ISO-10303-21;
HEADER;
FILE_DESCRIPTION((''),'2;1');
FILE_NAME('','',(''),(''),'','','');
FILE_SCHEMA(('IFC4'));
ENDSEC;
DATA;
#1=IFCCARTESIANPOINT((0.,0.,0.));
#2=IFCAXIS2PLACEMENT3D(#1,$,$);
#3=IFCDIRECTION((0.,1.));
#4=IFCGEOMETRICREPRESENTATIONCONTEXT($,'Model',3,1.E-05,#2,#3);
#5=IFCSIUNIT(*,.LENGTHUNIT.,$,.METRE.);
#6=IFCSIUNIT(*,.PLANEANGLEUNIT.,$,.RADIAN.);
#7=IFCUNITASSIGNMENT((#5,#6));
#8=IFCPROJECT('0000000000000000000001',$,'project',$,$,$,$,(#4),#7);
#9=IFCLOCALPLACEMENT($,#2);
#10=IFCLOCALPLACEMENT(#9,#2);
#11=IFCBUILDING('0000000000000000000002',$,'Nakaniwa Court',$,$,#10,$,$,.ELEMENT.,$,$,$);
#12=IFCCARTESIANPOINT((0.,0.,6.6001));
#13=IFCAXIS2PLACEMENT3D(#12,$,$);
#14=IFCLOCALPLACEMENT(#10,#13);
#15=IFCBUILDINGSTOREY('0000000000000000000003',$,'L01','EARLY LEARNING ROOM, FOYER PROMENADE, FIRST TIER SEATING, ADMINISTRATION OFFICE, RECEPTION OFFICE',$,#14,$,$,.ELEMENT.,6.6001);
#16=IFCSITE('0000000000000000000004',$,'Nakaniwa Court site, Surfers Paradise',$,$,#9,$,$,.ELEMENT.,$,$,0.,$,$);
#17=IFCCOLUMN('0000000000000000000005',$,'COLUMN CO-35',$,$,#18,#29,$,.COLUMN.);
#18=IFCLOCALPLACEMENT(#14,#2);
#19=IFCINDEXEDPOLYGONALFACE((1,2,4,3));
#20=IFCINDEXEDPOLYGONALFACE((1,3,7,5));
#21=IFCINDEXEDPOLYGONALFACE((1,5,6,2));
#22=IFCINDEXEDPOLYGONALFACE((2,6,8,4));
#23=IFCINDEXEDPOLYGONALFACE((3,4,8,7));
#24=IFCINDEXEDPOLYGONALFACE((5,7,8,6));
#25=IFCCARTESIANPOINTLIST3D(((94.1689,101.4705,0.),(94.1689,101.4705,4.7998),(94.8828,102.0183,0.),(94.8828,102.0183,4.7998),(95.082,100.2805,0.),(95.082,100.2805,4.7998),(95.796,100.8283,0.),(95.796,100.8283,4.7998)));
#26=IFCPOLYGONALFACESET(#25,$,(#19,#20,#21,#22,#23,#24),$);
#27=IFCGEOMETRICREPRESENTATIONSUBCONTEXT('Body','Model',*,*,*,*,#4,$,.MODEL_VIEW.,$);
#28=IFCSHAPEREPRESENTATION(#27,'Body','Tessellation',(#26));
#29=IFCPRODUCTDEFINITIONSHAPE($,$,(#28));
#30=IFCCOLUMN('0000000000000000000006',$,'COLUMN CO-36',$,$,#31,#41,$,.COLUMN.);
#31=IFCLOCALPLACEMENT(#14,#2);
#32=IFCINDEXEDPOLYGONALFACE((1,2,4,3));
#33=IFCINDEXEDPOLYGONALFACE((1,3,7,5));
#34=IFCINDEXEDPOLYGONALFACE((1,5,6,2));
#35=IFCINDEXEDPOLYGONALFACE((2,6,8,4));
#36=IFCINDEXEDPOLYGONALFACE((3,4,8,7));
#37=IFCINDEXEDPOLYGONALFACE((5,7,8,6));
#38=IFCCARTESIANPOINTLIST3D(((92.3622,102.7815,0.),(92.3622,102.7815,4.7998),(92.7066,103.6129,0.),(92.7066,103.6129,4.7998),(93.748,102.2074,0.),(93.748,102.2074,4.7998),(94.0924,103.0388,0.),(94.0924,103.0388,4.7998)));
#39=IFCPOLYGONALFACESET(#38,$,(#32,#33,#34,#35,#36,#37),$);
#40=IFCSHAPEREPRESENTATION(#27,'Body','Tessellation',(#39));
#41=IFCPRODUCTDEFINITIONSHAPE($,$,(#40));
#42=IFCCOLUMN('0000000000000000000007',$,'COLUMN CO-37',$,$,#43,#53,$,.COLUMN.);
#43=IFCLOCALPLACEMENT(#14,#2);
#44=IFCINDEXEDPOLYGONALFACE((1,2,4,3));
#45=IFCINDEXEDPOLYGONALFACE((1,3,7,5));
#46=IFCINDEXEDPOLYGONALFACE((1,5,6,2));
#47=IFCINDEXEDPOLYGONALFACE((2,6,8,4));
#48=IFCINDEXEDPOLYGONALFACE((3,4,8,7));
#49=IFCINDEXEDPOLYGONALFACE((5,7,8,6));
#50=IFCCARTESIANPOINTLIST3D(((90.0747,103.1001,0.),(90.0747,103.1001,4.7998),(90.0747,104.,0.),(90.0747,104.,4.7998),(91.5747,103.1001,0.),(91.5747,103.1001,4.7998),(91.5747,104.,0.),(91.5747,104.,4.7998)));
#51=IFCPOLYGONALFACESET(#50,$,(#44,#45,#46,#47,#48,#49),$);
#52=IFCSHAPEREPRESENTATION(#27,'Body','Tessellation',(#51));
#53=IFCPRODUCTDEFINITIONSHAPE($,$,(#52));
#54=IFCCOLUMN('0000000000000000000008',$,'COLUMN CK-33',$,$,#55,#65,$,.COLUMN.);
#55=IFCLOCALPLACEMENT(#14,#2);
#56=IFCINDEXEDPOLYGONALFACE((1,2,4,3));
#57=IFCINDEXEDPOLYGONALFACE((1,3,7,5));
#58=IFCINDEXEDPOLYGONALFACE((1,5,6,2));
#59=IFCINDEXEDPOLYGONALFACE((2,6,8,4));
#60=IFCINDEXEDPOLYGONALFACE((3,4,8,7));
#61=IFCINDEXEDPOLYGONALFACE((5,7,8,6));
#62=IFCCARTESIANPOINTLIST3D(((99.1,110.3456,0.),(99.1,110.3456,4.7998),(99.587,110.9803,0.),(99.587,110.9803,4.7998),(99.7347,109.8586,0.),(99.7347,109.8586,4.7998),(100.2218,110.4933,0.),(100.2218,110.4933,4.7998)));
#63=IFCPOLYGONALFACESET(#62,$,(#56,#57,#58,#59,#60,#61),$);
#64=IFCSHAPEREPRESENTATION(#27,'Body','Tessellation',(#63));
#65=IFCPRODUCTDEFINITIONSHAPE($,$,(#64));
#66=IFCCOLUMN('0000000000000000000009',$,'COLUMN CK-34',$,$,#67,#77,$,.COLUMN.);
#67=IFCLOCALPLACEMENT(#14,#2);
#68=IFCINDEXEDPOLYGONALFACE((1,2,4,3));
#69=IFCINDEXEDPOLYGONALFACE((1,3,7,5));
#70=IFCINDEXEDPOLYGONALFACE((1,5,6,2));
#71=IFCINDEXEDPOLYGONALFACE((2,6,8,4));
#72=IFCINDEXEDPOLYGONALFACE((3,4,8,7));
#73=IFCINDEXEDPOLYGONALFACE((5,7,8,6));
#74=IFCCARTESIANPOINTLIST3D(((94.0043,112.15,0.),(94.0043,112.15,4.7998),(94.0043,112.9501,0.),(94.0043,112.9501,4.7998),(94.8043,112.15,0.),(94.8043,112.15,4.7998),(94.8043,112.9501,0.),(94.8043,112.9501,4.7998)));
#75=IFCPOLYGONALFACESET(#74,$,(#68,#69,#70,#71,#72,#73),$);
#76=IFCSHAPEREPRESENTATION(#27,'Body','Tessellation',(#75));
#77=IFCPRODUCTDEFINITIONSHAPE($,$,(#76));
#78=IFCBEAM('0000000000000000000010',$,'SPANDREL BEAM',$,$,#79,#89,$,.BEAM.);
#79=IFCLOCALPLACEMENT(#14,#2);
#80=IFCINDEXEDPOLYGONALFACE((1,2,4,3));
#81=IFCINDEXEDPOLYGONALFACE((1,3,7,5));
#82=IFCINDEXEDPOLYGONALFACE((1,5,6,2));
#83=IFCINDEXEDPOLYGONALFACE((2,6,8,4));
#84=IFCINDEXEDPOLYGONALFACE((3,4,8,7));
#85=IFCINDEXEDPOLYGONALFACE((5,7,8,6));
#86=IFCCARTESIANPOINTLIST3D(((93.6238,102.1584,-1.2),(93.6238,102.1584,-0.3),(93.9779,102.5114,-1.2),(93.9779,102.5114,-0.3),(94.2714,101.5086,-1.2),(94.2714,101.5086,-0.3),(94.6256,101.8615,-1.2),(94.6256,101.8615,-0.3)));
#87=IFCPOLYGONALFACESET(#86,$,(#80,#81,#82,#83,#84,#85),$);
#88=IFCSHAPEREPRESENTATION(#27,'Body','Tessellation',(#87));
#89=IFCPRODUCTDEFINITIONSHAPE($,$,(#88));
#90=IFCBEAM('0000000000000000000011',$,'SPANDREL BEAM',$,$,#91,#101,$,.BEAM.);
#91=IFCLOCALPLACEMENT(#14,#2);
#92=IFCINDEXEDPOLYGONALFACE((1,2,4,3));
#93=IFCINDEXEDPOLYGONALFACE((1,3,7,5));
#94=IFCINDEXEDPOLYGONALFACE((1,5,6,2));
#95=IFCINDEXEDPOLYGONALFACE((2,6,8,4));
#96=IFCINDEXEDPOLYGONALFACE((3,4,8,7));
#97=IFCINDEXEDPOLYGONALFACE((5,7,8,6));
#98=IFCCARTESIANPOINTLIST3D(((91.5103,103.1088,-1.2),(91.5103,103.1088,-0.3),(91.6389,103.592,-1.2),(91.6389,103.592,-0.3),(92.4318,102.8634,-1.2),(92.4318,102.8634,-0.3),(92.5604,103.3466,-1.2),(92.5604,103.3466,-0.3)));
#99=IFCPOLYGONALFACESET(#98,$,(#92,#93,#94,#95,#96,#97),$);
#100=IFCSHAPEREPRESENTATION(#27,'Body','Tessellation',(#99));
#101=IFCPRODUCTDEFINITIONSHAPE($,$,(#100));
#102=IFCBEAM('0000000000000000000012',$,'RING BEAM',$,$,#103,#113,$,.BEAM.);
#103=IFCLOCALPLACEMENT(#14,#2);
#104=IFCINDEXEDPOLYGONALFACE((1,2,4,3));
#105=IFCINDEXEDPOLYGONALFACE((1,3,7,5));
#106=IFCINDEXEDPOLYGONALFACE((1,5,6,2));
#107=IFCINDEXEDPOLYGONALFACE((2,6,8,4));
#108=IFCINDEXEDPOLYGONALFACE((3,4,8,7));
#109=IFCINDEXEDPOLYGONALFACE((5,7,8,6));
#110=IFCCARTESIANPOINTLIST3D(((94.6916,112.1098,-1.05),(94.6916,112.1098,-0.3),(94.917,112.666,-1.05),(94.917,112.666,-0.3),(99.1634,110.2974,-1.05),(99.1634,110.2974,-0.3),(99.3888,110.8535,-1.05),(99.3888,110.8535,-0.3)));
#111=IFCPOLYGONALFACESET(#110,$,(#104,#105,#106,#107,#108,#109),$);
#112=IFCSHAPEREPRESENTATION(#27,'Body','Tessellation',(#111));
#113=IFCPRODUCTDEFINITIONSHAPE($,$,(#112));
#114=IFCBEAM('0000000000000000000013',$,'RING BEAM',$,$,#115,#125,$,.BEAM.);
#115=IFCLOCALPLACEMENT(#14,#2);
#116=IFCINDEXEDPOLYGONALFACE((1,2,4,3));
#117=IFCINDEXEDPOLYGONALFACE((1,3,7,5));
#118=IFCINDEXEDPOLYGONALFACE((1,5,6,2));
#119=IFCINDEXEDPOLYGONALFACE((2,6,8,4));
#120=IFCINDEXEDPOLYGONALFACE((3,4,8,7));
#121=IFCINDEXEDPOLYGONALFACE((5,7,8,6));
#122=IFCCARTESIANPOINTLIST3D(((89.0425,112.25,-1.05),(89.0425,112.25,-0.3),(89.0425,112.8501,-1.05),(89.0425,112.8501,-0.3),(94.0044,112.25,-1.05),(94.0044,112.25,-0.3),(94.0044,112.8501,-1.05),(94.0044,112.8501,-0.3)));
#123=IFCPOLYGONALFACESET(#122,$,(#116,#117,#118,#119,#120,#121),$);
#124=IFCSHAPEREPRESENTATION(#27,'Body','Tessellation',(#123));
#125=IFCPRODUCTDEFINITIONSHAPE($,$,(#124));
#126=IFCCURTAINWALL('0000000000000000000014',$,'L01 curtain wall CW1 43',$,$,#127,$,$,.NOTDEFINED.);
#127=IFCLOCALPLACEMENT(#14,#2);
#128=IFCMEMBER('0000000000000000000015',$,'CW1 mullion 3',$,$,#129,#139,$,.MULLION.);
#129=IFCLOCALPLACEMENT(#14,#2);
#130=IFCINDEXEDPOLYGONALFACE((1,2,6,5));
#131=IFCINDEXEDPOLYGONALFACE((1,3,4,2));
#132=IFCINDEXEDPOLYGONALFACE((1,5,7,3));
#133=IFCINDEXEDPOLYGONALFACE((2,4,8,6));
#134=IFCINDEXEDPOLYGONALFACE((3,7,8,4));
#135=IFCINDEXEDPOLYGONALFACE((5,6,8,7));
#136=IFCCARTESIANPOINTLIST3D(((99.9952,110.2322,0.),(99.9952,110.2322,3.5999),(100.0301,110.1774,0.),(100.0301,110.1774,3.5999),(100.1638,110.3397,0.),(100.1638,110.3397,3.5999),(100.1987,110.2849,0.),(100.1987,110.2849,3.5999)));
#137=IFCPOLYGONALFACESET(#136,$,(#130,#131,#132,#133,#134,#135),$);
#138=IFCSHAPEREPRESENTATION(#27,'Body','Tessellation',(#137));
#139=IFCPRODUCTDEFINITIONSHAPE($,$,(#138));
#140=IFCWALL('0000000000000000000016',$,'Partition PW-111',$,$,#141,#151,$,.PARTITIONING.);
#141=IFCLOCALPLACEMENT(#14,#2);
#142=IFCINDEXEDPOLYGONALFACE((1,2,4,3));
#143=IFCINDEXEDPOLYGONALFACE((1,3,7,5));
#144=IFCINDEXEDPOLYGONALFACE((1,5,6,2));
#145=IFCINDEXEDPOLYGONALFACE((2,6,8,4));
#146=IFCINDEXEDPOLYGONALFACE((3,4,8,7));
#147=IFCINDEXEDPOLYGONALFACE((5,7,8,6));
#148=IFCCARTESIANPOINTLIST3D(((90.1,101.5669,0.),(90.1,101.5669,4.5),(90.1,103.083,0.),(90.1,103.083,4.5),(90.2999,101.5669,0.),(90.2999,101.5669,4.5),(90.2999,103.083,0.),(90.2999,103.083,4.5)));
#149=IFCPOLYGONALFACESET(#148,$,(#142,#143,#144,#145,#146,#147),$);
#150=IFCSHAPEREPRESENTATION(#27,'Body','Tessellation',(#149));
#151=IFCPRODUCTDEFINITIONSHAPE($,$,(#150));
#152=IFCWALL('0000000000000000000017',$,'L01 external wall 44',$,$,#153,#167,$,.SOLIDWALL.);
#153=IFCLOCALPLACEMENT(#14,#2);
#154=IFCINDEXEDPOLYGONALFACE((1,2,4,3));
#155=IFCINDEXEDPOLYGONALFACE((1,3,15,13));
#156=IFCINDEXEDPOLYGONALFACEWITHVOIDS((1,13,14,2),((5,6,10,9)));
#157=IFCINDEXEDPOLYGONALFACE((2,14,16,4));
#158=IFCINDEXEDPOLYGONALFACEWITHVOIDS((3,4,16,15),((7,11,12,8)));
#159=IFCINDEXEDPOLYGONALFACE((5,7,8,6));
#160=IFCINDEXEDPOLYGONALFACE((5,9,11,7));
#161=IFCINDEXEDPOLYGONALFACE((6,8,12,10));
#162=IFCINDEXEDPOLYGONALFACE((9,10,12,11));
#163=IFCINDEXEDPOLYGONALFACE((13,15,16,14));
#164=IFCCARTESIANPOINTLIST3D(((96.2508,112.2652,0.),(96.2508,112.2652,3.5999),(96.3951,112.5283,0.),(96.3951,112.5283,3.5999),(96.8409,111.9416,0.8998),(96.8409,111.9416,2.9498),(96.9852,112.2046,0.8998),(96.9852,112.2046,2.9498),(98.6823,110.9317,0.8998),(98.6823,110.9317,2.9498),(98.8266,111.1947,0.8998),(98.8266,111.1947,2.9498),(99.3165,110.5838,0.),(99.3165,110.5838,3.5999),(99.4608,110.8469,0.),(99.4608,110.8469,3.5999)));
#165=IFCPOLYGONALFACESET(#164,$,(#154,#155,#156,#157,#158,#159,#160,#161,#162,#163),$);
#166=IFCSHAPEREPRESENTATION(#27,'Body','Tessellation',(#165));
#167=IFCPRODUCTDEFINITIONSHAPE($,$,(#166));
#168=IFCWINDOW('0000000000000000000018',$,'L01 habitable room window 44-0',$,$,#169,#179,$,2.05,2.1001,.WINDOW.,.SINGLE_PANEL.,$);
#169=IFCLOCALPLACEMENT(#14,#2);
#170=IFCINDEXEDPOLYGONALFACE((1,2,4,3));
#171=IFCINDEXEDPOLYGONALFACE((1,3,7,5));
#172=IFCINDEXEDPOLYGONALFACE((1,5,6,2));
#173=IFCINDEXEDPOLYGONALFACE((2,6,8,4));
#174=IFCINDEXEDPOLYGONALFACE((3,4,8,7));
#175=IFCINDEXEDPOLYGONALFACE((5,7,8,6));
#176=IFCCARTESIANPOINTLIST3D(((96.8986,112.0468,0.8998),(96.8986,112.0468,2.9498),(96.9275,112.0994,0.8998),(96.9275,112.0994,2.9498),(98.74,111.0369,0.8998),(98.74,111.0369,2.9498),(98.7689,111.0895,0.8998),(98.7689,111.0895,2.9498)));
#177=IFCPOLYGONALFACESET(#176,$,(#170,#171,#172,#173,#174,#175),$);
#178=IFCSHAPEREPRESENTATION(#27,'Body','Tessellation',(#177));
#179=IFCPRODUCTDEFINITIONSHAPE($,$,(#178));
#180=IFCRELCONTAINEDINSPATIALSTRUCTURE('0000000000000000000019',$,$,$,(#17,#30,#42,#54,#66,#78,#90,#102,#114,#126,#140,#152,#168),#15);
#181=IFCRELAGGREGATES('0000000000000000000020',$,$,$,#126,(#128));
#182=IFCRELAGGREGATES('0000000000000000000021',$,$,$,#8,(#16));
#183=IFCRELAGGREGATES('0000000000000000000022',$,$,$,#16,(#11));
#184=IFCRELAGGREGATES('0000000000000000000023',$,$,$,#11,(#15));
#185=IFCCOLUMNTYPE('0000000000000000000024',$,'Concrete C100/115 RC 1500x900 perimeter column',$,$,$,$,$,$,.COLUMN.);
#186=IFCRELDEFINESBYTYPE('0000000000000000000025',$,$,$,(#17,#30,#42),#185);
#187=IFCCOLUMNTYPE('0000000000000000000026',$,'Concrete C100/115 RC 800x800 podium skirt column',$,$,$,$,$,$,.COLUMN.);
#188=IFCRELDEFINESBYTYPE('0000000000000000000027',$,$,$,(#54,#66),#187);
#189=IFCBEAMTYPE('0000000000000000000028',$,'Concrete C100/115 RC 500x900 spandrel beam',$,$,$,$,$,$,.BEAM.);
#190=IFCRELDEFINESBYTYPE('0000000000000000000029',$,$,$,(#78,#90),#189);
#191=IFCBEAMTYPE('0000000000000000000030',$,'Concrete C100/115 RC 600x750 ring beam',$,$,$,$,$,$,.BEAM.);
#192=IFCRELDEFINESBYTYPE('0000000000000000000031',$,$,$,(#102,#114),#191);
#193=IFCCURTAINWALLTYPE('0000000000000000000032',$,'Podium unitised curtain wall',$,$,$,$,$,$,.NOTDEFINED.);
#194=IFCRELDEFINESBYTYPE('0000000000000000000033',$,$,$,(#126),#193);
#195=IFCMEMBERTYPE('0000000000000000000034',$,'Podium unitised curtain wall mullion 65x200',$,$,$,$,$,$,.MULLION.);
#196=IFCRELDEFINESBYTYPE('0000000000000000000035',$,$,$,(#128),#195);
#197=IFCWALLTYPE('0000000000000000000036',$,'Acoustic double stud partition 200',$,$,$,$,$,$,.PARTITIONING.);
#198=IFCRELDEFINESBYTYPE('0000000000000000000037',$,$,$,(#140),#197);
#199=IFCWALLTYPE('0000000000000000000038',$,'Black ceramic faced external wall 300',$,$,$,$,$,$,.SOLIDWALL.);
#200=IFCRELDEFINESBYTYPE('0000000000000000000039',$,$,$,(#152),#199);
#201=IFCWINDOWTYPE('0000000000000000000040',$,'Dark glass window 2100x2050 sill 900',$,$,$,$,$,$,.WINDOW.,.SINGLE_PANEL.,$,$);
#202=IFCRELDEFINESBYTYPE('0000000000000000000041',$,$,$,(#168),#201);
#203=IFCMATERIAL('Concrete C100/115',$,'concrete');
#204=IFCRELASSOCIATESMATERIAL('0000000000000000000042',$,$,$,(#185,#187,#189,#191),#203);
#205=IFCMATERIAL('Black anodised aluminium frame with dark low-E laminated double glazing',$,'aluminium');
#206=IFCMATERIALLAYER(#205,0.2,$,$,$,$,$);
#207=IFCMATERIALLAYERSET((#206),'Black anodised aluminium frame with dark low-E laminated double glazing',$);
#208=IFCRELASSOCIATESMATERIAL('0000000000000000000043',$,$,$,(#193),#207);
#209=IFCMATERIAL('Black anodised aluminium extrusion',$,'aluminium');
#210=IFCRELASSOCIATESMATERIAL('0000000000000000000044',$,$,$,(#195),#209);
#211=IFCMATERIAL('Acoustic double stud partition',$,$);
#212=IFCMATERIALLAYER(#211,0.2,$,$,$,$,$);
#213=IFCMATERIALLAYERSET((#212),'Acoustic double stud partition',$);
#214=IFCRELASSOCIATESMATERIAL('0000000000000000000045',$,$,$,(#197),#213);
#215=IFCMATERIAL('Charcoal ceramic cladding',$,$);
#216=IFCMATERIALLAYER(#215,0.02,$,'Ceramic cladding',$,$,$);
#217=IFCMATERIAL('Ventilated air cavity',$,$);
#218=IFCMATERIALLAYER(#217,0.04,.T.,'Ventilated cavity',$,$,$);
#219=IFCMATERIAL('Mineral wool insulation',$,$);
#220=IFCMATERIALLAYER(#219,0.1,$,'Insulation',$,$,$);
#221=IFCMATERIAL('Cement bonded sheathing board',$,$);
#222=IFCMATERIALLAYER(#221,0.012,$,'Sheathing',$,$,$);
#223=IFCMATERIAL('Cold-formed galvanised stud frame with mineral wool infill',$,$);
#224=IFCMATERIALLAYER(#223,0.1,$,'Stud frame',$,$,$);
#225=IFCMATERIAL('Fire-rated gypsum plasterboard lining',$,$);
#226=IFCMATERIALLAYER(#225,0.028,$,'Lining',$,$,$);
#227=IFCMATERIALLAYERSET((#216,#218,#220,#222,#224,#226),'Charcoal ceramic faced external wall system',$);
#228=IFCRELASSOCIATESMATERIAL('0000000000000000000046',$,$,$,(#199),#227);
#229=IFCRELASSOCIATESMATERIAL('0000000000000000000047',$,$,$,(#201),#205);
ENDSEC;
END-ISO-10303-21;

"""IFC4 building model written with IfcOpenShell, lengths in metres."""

from ifc_helpers import new_model, si_unit, direction, frame, frame_2d, origin, origin_2d, place, context, subcontext, project, spatial, rectangle, extrude, material, layer, layer_set, material_profile, profile_set, type_object, element, fill, aggregate, save


model = new_model("IFC4")

# Units and contexts
model_context = context("Model", 3, precision=1e-05, world=origin(), true_north=direction((0.0, 1.0)))
body_context = subcontext(model_context, "Body", "Model", "MODEL_VIEW")
ifc_project = project(units=[si_unit("LENGTHUNIT", "METRE"), si_unit("PLANEANGLEUNIT", "RADIAN")], contexts=[model_context])

# Site, building, storey
site_placement = place(None, origin())
site = spatial("IfcSite", under=ifc_project, at=site_placement, Name="Nakaniwa Court site, Surfers Paradise", CompositionType="ELEMENT", RefElevation=0.0)
building_placement = place(site_placement, origin())
building = spatial("IfcBuilding", under=site, at=building_placement, Name="Nakaniwa Court", CompositionType="ELEMENT")
storey_placement = place(building_placement, frame((0.0, 0.0, 6.6001)))
storey = spatial("IfcBuildingStorey", under=building, at=storey_placement, Name="L01", Description="EARLY LEARNING ROOM, FOYER PROMENADE, FIRST TIER SEATING, ADMINISTRATION OFFICE, RECEPTION OFFICE", CompositionType="ELEMENT", Elevation=6.6001)

# Columns
ifc_material_1 = material(Name="Concrete C100/115", Category="concrete")
ifc_material_profile_1 = material_profile(ifc_material_1, rectangle(XDim=1.5, YDim=0.8999, at=origin_2d()), Name="Concrete C100/115 RC 1500x900 perimeter column")
ifc_profile_set_1 = profile_set([ifc_material_profile_1], Name="Concrete C100/115")
column_type_1 = type_object("IfcColumnType", Name="Concrete C100/115 RC 1500x900 perimeter column", PredefinedType="COLUMN", material=ifc_profile_set_1)
for number, where, z_axis, x_axis, name in (
    (1, (94.9824, 101.1494, 0.0), (0.0, 0.0, 1.0), (-0.608761, 0.793353, 0.0), "COLUMN CO-35"),
    (2, (93.2273, 102.9102, 0.0), (0.0, 0.0, 1.0), (-0.92388, 0.382683, 0.0), "COLUMN CO-36"),
    (3, (90.8247, 103.55, 0.0), (0.0, 0.0, 1.0), (-1.0, 0.0, 0.0), "COLUMN CO-37"),
):
    element("IfcColumn", number, at=place(storey_placement, frame(where, z_axis=z_axis, x_axis=x_axis)), inside=storey, type_object=column_type_1, Name=name, PredefinedType="COLUMN", context=body_context, shape_type="SweptSolid", body=[
        extrude(rectangle(XDim=1.5, YDim=0.8999, at=origin_2d()), origin(), (0.0, 0.0, 1.0), 4.7998),
    ])
ifc_material_profile_2 = material_profile(ifc_material_1, rectangle(XDim=0.8, YDim=0.8, at=origin_2d()), Name="Concrete C100/115 RC 800x800 podium skirt column")
ifc_profile_set_2 = profile_set([ifc_material_profile_2], Name="Concrete C100/115")
column_type_2 = type_object("IfcColumnType", Name="Concrete C100/115 RC 800x800 podium skirt column", PredefinedType="COLUMN", material=ifc_profile_set_2)
for number, where, z_axis, x_axis, name in (
    (4, (99.6609, 110.4194, 0.0), (0.0, 0.0, 1.0), (-0.793353, 0.608761, 0.0), "COLUMN CK-33"),
    (5, (94.4043, 112.55, 0.0), (0.0, 0.0, 1.0), (-1.0, 0.0, 0.0), "COLUMN CK-34"),
):
    element("IfcColumn", number, at=place(storey_placement, frame(where, z_axis=z_axis, x_axis=x_axis)), inside=storey, type_object=column_type_2, Name=name, PredefinedType="COLUMN", context=body_context, shape_type="SweptSolid", body=[
        extrude(rectangle(XDim=0.8, YDim=0.8, at=origin_2d()), origin(), (0.0, 0.0, 1.0), 4.7998),
    ])

# Beams
ifc_material_profile_3 = material_profile(ifc_material_1, rectangle(XDim=0.5, YDim=0.8999, at=origin_2d()), Name="Concrete C100/115 RC 500x900 spandrel beam")
ifc_profile_set_3 = profile_set([ifc_material_profile_3], Name="Concrete C100/115")
beam_type_1 = type_object("IfcBeamType", Name="Concrete C100/115 RC 500x900 spandrel beam", PredefinedType="BEAM", material=ifc_profile_set_3)
beam_1_placement = place(storey_placement, frame((94.4485, 101.6851, -0.75), z_axis=(-0.705908, 0.708303, 0.0), x_axis=(-0.708303, -0.705908, 0.0)))
element("IfcBeam", 6, at=beam_1_placement, inside=storey, type_object=beam_type_1, Name="SPANDREL BEAM", PredefinedType="BEAM", context=body_context, shape_type="SweptSolid", body=[
    extrude(rectangle(XDim=0.5, YDim=0.8999, at=origin_2d()), origin(), (0.0, 0.0, 1.0), 0.9175),
])
beam_2_placement = place(storey_placement, frame((92.4961, 103.105, -0.75), z_axis=(-0.966324, 0.257328, 0.0), x_axis=(-0.257328, -0.966324, 0.0)))
element("IfcBeam", 7, at=beam_2_placement, inside=storey, type_object=beam_type_1, Name="SPANDREL BEAM", PredefinedType="BEAM", context=body_context, shape_type="SweptSolid", body=[
    extrude(rectangle(XDim=0.5, YDim=0.8999, at=origin_2d()), origin(), (0.0, 0.0, 1.0), 0.9536),
])
ifc_material_profile_4 = material_profile(ifc_material_1, rectangle(XDim=0.6001, YDim=0.75, at=origin_2d()), Name="Concrete C100/115 RC 600x750 ring beam")
ifc_profile_set_4 = profile_set([ifc_material_profile_4], Name="Concrete C100/115")
beam_type_2 = type_object("IfcBeamType", Name="Concrete C100/115 RC 600x750 ring beam", PredefinedType="BEAM", material=ifc_profile_set_4)
beam_3_placement = place(storey_placement, frame((99.2761, 110.5754, -0.675), z_axis=(-0.926771, 0.375626, 0.0), x_axis=(-0.375626, -0.926771, 0.0)))
element("IfcBeam", 8, at=beam_3_placement, inside=storey, type_object=beam_type_2, Name="RING BEAM", PredefinedType="BEAM", context=body_context, shape_type="SweptSolid", body=[
    extrude(rectangle(XDim=0.6001, YDim=0.75, at=origin_2d()), origin(), (0.0, 0.0, 1.0), 4.8252),
])
beam_4_placement = place(storey_placement, frame((94.0044, 112.55, -0.675), z_axis=(-1.0, 0.0, 0.0), x_axis=(0.0, -1.0, 0.0)))
element("IfcBeam", 9, at=beam_4_placement, inside=storey, type_object=beam_type_2, Name="RING BEAM", PredefinedType="BEAM", context=body_context, shape_type="SweptSolid", body=[
    extrude(rectangle(XDim=0.6001, YDim=0.75, at=origin_2d()), origin(), (0.0, 0.0, 1.0), 4.9619),
])

# Curtain wall, member
ifc_material_2 = material(Name="Black anodised aluminium frame with dark low-E laminated double glazing", Category="aluminium")
ifc_layer_1 = layer(ifc_material_2, 0.2)
ifc_layer_set_1 = layer_set([ifc_layer_1], Name="Black anodised aluminium frame with dark low-E laminated double glazing")
curtain_wall_type = type_object("IfcCurtainWallType", Name="Podium unitised curtain wall", PredefinedType="NOTDEFINED", material=ifc_layer_set_1)
curtain_wall_placement = place(storey_placement, origin())
curtain_wall = element("IfcCurtainWall", 10, at=curtain_wall_placement, inside=storey, type_object=curtain_wall_type, Name="L01 curtain wall CW1 43", PredefinedType="NOTDEFINED")
ifc_material_3 = material(Name="Black anodised aluminium extrusion", Category="aluminium")
ifc_material_profile_5 = material_profile(ifc_material_3, rectangle(XDim=0.2, YDim=0.0649, at=origin_2d()), Name="Podium unitised curtain wall mullion 65x200")
ifc_profile_set_5 = profile_set([ifc_material_profile_5], Name="Black anodised aluminium extrusion")
member_type = type_object("IfcMemberType", Name="Podium unitised curtain wall mullion 65x200", PredefinedType="MULLION", material=ifc_profile_set_5)
member_placement = place(storey_placement, frame((100.0969, 110.2585, 0.0), z_axis=(0.0, 0.0, 1.0), x_axis=(-0.843172, -0.537644, 0.0)))
member = element("IfcMember", 11, at=member_placement, type_object=member_type, Name="CW1 mullion 3", PredefinedType="MULLION", context=body_context, shape_type="SweptSolid", body=[
    extrude(rectangle(XDim=0.2, YDim=0.0649, at=origin_2d()), origin(), (0.0, 0.0, 1.0), 3.5999),
])
aggregate(curtain_wall, [member])

# Wall
ifc_material_4 = material(Name="Acoustic double stud partition")
ifc_layer_2 = layer(ifc_material_4, 0.2)
ifc_layer_set_2 = layer_set([ifc_layer_2], Name="Acoustic double stud partition")
wall_type_1 = type_object("IfcWallType", Name="Acoustic double stud partition 200", PredefinedType="PARTITIONING", material=ifc_layer_set_2)
wall_1_placement = place(storey_placement, frame((90.2, 101.5669, 0.0), z_axis=(0.0, 0.0, 1.0), x_axis=(0.0, 1.0, 0.0)))
element("IfcWall", 12, at=wall_1_placement, inside=storey, type_object=wall_type_1, Name="Partition PW-111", PredefinedType="PARTITIONING", context=body_context, shape_type="SweptSolid", body=[
    extrude(rectangle(XDim=1.5161, YDim=0.2, at=frame_2d((0.7581, 0.0))), origin(), (0.0, 0.0, 1.0), 4.5),
])

# Wall, opening, window
ifc_material_5 = material(Name="Charcoal ceramic cladding")
ifc_layer_3 = layer(ifc_material_5, 0.02, Name="Ceramic cladding")
ifc_material_6 = material(Name="Ventilated air cavity")
ifc_layer_4 = layer(ifc_material_6, 0.04, ventilated=True, Name="Ventilated cavity")
ifc_material_7 = material(Name="Mineral wool insulation")
ifc_layer_5 = layer(ifc_material_7, 0.1, Name="Insulation")
ifc_material_8 = material(Name="Cement bonded sheathing board")
ifc_layer_6 = layer(ifc_material_8, 0.012, Name="Sheathing")
ifc_material_9 = material(Name="Cold-formed galvanised stud frame with mineral wool infill")
ifc_layer_7 = layer(ifc_material_9, 0.1, Name="Stud frame")
ifc_material_10 = material(Name="Fire-rated gypsum plasterboard lining")
ifc_layer_8 = layer(ifc_material_10, 0.028, Name="Lining")
ifc_layer_set_3 = layer_set([ifc_layer_3, ifc_layer_4, ifc_layer_5, ifc_layer_6, ifc_layer_7, ifc_layer_8], Name="Charcoal ceramic faced external wall system")
wall_type_2 = type_object("IfcWallType", Name="Black ceramic faced external wall 300", PredefinedType="SOLIDWALL", material=ifc_layer_set_3)
wall_2_placement = place(storey_placement, frame((99.3887, 110.7153, 0.0), z_axis=(0.0, 0.0, 1.0), x_axis=(-0.876786, 0.480881, 0.0)))
wall_2 = element("IfcWall", 13, at=wall_2_placement, inside=storey, type_object=wall_type_2, Name="L01 external wall 44", PredefinedType="SOLIDWALL", context=body_context, shape_type="SweptSolid", body=[
    extrude(rectangle(XDim=3.4966, YDim=0.3, at=frame_2d((1.7483, 0.0))), origin(), (0.0, 0.0, 1.0), 3.5999),
])
opening_1_placement = place(wall_2_placement, frame((0.7234, 0.0, 0.8999)))
opening_1 = element("IfcOpeningElement", 14, at=opening_1_placement, cuts=wall_2, PredefinedType="OPENING", context=body_context, shape_type="SweptSolid", body=[
    extrude(rectangle(XDim=2.1001, YDim=2.05, at=frame_2d((1.05, 1.0249))), frame((0.0, 0.1599, 0.0), z_axis=(0.0, -1.0, 0.0), x_axis=(1.0, 0.0, 0.0)), (0.0, 0.0, 1.0), 0.3201),
])
window_type = type_object("IfcWindowType", Name="Dark glass window 2100x2050 sill 900", PartitioningType="SINGLE_PANEL", PredefinedType="WINDOW", material=ifc_material_2)
window_1_placement = place(opening_1_placement, origin())
window_1 = element("IfcWindow", 15, at=window_1_placement, inside=storey, type_object=window_type, Name="L01 habitable room window 44-0", OverallHeight=2.05, OverallWidth=2.1001, PartitioningType="SINGLE_PANEL", PredefinedType="WINDOW", context=body_context, shape_type="SweptSolid", body=[
    extrude(rectangle(XDim=2.1001, YDim=2.05, at=frame_2d((1.05, 1.0249))), frame((0.0, 0.03, 0.0), z_axis=(0.0, -1.0, 0.0), x_axis=(1.0, 0.0, 0.0)), (0.0, 0.0, 1.0), 0.0601),
])
fill(opening_1, window_1)

save(model, "model.ifc")
